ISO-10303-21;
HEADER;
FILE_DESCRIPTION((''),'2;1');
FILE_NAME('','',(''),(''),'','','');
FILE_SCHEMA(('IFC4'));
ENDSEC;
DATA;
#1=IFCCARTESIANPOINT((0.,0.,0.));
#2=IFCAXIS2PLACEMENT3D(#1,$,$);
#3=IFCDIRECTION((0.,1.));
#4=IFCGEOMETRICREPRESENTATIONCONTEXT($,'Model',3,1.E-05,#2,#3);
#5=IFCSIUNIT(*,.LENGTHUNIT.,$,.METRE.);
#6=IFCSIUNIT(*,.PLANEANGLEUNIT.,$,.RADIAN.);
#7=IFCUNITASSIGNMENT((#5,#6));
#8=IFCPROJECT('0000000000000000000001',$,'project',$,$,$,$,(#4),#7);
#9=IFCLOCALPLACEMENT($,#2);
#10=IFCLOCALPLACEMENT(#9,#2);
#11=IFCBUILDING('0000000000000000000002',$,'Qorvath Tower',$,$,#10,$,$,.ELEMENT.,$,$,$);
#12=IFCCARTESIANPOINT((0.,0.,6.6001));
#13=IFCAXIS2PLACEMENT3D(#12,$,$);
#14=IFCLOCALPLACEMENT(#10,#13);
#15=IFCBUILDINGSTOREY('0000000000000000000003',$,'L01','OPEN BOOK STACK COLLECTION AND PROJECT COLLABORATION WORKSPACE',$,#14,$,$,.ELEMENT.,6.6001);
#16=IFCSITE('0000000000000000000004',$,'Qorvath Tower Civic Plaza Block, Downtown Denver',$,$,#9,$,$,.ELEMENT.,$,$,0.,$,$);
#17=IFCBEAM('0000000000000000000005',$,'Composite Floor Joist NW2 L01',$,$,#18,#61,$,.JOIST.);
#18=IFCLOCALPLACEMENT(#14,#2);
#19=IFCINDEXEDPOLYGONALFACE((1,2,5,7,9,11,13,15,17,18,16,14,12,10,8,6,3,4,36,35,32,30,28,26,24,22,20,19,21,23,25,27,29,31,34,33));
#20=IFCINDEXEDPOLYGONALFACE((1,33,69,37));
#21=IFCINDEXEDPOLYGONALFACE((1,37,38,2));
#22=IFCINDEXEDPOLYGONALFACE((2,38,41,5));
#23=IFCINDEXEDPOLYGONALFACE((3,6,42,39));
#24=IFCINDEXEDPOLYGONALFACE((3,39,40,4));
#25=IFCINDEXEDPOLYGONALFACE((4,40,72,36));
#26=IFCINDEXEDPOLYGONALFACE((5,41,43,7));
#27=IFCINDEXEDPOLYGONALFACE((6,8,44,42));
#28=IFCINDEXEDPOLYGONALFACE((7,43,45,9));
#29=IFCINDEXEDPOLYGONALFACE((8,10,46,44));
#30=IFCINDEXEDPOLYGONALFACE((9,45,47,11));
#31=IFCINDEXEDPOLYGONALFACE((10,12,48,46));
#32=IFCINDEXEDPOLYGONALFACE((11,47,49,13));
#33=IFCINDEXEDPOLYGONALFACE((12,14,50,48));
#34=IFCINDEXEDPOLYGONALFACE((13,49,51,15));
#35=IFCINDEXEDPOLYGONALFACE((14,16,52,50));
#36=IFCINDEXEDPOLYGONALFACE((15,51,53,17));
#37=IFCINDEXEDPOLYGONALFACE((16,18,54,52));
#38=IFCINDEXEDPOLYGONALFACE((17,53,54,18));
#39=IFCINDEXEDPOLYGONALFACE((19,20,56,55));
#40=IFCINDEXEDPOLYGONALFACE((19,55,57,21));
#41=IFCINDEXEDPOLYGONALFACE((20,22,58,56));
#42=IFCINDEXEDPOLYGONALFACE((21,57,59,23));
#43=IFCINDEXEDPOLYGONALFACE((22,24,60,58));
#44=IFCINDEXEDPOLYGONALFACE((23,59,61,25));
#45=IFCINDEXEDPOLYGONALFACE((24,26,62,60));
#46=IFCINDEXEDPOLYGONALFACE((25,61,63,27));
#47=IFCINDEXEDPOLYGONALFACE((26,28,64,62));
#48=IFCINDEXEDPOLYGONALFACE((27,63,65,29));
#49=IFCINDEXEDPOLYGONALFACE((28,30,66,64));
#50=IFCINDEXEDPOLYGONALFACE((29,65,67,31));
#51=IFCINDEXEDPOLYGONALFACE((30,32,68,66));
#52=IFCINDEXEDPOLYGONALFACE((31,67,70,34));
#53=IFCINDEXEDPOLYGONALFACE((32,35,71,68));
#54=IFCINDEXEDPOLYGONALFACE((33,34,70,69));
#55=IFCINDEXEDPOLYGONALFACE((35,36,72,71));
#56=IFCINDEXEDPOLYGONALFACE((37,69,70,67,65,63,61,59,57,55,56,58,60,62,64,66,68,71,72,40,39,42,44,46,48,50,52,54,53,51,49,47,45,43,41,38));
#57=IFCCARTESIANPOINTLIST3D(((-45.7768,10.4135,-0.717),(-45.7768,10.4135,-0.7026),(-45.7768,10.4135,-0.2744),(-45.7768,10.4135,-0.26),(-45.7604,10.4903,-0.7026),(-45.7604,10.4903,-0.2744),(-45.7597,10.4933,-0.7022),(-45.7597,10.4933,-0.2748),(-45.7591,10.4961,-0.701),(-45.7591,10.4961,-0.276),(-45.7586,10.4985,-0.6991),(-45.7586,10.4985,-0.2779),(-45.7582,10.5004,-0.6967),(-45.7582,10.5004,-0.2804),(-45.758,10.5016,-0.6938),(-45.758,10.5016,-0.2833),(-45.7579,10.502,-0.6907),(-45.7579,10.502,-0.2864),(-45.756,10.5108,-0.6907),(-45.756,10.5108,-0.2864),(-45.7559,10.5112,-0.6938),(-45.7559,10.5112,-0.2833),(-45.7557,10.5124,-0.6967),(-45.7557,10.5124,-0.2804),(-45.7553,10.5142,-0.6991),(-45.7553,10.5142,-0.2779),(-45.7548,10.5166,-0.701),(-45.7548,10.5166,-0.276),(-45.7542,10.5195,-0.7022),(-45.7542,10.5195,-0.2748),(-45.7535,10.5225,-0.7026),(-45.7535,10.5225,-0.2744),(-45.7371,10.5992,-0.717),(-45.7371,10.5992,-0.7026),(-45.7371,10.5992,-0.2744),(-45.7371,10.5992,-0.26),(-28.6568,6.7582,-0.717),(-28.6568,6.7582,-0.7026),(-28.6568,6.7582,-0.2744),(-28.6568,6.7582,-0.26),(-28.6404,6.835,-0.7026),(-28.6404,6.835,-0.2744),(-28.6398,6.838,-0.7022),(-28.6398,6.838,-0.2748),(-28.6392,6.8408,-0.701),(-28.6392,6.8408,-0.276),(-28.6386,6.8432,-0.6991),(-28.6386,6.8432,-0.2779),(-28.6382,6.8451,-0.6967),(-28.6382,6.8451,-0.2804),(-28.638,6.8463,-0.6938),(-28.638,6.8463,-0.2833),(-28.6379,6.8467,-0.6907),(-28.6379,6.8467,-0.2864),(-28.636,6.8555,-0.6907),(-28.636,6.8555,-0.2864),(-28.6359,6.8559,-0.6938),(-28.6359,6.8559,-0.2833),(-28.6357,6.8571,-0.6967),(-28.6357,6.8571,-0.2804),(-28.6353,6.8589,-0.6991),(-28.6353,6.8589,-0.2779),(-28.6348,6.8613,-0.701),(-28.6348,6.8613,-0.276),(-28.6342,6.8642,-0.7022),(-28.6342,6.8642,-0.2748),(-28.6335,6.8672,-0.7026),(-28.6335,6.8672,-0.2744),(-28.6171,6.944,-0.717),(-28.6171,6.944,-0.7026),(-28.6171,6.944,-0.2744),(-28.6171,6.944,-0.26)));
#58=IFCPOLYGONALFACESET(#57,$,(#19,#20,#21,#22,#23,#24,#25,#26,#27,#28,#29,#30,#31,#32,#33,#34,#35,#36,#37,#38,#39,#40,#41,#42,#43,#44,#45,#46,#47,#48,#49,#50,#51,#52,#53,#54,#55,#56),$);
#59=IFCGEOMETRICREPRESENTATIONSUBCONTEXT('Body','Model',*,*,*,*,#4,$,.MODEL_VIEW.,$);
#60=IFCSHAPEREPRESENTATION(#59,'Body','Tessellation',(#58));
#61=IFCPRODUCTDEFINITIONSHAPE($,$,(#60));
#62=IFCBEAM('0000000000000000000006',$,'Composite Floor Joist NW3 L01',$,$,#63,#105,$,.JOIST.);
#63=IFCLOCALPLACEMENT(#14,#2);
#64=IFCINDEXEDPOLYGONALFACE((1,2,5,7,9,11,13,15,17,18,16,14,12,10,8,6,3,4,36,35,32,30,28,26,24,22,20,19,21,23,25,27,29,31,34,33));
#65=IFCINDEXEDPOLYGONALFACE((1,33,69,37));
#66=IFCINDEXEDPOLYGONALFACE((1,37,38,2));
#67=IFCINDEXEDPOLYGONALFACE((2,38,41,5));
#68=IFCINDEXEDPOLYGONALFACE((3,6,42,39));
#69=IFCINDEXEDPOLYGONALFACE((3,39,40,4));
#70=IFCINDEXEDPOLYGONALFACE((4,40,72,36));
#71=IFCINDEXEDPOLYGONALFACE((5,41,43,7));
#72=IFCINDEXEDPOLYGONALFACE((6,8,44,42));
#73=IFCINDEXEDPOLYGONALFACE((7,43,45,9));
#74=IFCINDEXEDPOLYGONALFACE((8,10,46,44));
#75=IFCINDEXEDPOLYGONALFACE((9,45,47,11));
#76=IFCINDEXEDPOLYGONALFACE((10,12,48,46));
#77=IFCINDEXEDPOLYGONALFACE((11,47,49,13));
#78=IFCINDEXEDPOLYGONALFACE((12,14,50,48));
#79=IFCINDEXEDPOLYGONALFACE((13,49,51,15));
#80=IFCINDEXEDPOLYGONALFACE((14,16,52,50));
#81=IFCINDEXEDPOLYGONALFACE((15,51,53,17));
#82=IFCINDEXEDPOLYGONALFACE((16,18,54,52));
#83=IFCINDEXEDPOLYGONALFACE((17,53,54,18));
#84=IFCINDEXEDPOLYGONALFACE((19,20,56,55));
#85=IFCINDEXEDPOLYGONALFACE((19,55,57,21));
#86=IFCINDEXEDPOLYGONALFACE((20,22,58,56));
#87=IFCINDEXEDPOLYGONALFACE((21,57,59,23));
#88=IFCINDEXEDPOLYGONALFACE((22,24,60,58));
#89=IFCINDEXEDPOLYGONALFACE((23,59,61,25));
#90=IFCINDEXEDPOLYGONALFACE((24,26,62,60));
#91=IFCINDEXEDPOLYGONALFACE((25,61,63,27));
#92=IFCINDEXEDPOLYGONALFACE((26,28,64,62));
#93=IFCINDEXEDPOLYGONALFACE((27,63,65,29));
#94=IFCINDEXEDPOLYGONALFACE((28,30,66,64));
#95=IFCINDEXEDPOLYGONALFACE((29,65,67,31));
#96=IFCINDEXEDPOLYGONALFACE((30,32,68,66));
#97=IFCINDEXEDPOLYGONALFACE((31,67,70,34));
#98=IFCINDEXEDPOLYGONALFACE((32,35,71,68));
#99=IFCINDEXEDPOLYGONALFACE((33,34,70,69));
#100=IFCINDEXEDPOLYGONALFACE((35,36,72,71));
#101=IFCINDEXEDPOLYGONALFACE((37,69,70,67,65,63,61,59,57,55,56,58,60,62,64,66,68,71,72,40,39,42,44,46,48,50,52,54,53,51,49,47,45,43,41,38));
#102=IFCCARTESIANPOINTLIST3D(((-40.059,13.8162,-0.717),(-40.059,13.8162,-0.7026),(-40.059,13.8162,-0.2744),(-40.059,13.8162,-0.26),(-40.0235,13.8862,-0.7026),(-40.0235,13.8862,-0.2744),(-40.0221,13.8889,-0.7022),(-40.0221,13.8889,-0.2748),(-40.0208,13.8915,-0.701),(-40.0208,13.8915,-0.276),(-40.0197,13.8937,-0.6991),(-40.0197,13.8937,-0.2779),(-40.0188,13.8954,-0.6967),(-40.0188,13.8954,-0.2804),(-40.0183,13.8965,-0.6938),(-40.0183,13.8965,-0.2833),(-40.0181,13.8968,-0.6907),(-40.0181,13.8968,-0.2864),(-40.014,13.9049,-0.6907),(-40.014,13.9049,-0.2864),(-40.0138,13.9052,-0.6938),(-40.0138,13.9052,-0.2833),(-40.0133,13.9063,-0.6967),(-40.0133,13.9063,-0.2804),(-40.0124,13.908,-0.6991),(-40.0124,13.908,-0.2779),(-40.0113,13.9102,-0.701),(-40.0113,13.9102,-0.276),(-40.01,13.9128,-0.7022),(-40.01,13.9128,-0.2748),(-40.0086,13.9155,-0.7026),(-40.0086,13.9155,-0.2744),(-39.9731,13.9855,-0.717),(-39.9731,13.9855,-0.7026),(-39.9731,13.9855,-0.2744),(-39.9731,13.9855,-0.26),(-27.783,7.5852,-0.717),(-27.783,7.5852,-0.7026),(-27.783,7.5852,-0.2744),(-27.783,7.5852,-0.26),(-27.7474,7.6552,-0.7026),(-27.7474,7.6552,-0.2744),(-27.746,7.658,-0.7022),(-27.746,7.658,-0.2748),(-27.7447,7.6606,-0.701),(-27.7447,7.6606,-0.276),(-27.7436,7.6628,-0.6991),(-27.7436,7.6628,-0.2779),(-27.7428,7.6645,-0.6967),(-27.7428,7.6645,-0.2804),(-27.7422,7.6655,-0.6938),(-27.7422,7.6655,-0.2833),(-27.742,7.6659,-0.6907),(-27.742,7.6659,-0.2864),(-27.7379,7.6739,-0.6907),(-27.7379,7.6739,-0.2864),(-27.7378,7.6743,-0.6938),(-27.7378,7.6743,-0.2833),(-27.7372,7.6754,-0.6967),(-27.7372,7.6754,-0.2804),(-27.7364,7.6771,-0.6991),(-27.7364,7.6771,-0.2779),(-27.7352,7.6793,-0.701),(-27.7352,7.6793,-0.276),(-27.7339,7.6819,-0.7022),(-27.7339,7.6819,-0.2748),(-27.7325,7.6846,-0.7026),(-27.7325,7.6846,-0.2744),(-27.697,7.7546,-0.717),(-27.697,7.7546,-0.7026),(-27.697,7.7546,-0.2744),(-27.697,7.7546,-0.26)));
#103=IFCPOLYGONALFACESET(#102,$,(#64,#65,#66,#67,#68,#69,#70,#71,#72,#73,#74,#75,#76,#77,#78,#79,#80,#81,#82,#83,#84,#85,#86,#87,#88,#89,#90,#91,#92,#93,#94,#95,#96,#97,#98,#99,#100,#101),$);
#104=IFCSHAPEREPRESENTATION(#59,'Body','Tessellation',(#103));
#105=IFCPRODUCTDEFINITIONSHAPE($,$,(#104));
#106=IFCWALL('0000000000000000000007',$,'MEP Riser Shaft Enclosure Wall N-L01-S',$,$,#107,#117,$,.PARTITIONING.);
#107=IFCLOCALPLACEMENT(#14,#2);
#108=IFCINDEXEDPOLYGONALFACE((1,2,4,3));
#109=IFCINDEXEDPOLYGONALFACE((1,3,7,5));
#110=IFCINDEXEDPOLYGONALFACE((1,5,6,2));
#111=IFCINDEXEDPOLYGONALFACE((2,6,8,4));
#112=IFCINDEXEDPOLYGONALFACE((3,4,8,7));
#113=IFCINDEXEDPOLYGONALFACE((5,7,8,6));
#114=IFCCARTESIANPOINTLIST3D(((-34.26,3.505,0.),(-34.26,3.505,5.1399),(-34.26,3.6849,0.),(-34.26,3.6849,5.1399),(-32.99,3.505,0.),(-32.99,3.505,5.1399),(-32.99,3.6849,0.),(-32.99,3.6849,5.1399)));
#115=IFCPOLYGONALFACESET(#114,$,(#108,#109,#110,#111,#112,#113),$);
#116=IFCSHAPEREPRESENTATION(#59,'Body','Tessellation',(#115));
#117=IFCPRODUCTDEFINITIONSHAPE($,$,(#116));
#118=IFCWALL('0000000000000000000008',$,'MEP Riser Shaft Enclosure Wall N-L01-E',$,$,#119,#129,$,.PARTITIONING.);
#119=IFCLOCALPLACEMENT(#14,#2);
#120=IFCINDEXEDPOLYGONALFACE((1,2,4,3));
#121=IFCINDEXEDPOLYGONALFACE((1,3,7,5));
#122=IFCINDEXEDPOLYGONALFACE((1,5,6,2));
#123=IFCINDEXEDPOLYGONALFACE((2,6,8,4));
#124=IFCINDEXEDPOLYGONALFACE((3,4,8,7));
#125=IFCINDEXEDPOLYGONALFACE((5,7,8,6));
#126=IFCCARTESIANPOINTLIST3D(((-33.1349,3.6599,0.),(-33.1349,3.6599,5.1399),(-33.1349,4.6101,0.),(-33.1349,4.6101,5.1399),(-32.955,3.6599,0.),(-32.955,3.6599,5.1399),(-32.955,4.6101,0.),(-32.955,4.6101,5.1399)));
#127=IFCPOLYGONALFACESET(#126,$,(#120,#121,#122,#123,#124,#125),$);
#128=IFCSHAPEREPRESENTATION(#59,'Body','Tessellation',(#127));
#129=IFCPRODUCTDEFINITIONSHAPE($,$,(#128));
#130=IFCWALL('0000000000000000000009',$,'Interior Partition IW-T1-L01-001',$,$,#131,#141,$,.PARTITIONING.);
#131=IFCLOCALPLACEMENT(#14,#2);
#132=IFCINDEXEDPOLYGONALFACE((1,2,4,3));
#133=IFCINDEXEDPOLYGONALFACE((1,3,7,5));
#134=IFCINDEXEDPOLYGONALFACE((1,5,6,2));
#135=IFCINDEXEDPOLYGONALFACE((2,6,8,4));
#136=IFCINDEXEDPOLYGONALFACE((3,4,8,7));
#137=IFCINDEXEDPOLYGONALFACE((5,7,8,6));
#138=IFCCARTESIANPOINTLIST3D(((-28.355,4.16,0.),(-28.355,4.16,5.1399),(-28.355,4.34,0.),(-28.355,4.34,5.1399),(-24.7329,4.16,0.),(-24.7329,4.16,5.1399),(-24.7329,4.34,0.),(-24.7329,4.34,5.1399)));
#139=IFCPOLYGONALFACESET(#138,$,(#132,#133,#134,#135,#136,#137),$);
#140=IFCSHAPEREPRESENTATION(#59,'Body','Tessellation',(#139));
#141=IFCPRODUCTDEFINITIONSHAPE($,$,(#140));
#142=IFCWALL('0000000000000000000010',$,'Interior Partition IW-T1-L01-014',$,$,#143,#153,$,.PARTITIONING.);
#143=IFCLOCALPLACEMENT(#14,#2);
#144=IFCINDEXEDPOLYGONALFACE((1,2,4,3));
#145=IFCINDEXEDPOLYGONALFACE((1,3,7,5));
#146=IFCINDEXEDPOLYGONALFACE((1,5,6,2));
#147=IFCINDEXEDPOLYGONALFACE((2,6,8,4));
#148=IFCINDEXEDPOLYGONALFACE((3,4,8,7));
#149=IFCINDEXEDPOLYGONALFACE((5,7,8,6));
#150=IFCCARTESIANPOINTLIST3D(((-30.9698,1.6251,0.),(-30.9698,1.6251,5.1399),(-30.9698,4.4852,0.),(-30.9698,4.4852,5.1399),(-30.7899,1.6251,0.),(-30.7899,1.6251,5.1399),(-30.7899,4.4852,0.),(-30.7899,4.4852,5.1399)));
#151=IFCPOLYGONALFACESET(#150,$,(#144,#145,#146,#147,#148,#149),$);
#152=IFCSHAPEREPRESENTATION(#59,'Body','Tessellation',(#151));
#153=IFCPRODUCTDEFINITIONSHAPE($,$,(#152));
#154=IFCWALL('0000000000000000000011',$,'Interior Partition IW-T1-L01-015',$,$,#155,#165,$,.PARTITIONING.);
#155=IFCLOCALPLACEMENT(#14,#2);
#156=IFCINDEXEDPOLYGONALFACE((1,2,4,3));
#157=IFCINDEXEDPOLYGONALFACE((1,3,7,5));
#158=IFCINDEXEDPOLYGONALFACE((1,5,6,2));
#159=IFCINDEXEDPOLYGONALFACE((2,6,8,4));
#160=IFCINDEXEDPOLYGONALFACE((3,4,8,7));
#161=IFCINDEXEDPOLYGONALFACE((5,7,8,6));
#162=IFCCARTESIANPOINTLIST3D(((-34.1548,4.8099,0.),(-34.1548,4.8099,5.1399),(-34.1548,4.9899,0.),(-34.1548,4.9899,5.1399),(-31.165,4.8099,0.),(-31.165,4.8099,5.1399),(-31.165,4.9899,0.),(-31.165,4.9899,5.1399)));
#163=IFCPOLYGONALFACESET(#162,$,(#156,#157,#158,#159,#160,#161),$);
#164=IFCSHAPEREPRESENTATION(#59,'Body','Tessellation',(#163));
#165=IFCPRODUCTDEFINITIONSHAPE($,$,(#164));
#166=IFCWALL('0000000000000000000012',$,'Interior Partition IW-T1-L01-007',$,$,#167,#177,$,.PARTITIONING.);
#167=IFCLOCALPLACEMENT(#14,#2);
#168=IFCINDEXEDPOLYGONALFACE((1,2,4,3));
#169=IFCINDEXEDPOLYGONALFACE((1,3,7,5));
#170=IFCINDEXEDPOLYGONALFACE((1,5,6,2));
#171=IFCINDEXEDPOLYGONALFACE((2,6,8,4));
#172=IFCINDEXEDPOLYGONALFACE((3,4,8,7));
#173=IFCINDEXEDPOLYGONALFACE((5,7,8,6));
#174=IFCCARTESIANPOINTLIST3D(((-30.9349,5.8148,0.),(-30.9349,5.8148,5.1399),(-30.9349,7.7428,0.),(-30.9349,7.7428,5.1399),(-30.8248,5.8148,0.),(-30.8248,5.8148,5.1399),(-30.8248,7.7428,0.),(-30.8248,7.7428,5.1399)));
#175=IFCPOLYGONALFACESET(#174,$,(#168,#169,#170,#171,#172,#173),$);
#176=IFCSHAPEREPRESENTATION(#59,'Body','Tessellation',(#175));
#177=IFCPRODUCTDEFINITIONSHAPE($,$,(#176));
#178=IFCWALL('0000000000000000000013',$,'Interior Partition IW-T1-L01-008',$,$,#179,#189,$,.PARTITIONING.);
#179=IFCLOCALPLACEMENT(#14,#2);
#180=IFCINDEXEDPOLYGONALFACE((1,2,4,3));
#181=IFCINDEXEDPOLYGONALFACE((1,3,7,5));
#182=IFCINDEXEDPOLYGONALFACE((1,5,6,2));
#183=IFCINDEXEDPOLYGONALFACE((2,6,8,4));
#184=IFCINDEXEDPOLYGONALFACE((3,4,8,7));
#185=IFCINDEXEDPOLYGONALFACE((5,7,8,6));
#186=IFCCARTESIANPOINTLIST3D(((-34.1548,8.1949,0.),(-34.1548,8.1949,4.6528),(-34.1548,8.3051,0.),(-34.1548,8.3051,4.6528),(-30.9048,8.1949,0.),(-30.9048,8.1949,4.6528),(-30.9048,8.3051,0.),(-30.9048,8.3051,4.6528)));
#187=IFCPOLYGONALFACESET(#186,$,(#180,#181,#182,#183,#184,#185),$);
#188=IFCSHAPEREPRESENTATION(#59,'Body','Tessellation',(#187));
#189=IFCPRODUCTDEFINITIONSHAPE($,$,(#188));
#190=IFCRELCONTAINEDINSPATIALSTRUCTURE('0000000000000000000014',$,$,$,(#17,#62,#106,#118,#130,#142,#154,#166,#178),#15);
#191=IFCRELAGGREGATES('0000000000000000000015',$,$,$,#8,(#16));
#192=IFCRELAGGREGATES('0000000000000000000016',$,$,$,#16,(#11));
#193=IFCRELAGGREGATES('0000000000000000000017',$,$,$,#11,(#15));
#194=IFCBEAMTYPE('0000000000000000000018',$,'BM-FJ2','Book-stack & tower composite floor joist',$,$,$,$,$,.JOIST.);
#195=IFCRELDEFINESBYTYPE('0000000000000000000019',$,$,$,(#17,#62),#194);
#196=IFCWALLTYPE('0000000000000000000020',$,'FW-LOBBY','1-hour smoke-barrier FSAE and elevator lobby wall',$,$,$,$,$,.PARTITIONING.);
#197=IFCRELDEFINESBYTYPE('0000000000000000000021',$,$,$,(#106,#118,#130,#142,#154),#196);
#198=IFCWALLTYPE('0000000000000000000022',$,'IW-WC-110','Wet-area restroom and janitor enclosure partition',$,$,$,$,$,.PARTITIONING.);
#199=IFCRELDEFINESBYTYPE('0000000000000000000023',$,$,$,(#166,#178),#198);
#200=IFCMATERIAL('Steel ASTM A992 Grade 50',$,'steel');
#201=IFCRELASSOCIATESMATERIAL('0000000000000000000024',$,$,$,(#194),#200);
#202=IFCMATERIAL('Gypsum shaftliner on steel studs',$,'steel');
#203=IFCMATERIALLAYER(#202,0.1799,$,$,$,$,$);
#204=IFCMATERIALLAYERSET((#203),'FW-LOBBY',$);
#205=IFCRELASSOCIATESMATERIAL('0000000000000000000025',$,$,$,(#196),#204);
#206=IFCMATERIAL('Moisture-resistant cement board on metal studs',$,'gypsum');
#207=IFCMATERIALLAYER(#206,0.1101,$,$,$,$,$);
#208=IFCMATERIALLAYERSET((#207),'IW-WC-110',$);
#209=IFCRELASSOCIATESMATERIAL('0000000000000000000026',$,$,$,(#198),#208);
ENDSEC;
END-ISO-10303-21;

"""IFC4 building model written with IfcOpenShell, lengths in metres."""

from ifc_helpers import new_model, si_unit, direction, frame, frame_2d, origin, origin_2d, place, context, subcontext, project, spatial, rectangle, i_section, extrude, material, layer, layer_set, material_profile, profile_set, type_object, element, save


model = new_model("IFC4")

# Units and contexts
model_context = context("Model", 3, precision=1e-05, world=origin(), true_north=direction((0.0, 1.0)))
body_context = subcontext(model_context, "Body", "Model", "MODEL_VIEW")
ifc_project = project(units=[si_unit("LENGTHUNIT", "METRE"), si_unit("PLANEANGLEUNIT", "RADIAN")], contexts=[model_context])

# Site, building, storey
site_placement = place(None, origin())
site = spatial("IfcSite", under=ifc_project, at=site_placement, Name="Qorvath Tower Civic Plaza Block, Downtown Denver", CompositionType="ELEMENT", RefElevation=0.0)
building_placement = place(site_placement, origin())
building = spatial("IfcBuilding", under=site, at=building_placement, Name="Qorvath Tower", CompositionType="ELEMENT")
storey_placement = place(building_placement, frame((0.0, 0.0, 6.6001)))
storey = spatial("IfcBuildingStorey", under=building, at=storey_placement, Name="L01", Description="OPEN BOOK STACK COLLECTION AND PROJECT COLLABORATION WORKSPACE", CompositionType="ELEMENT", Elevation=6.6001)

# Beams
ifc_material_1 = material(Name="Steel ASTM A992 Grade 50", Category="steel")
ifc_material_profile_1 = material_profile(ifc_material_1, i_section(OverallWidth=0.1899, OverallDepth=0.457, WebThickness=0.009, FlangeThickness=0.0144, FilletRadius=0.012, at=origin_2d()), Name="W18x50")
ifc_profile_set_1 = profile_set([ifc_material_profile_1], Name="Steel ASTM A992 Grade 50")
beam_type_1 = type_object("IfcBeamType", Name="BM-FJ2", Description="Book-stack & tower composite floor joist", PredefinedType="JOIST", material=ifc_profile_set_1)
beam_1_placement = place(storey_placement, frame((-28.637, 6.8511, -0.4885), z_axis=(-0.977957, 0.208804, 0.0), x_axis=(-0.208804, -0.977957, 0.0)))
element("IfcBeam", 1, at=beam_1_placement, inside=storey, type_object=beam_type_1, Name="Composite Floor Joist NW2 L01", PredefinedType="JOIST", context=body_context, shape_type="SweptSolid", body=[
    extrude(i_section(OverallWidth=0.1899, OverallDepth=0.457, WebThickness=0.009, FlangeThickness=0.0144, FilletRadius=0.012, at=origin_2d()), origin(), (0.0, 0.0, 1.0), 17.5059),
])
beam_2_placement = place(storey_placement, frame((-27.74, 7.6699, -0.4885), z_axis=(-0.891712, 0.452604, 0.0), x_axis=(-0.452604, -0.891712, 0.0)))
element("IfcBeam", 2, at=beam_2_placement, inside=storey, type_object=beam_type_1, Name="Composite Floor Joist NW3 L01", PredefinedType="JOIST", context=body_context, shape_type="SweptSolid", body=[
    extrude(i_section(OverallWidth=0.1899, OverallDepth=0.457, WebThickness=0.009, FlangeThickness=0.0144, FilletRadius=0.012, at=origin_2d()), origin(), (0.0, 0.0, 1.0), 13.7668),
])

# Walls
ifc_material_2 = material(Name="Gypsum shaftliner on steel studs", Category="steel")
ifc_layer_1 = layer(ifc_material_2, 0.1799)
ifc_layer_set_1 = layer_set([ifc_layer_1], Name="FW-LOBBY")
wall_type_1 = type_object("IfcWallType", Name="FW-LOBBY", Description="1-hour smoke-barrier FSAE and elevator lobby wall", PredefinedType="PARTITIONING", material=ifc_layer_set_1)
wall_1_placement = place(storey_placement, frame((-32.99, 3.595, 0.0), z_axis=(0.0, 0.0, 1.0), x_axis=(-1.0, 0.0, 0.0)))
element("IfcWall", 3, at=wall_1_placement, inside=storey, type_object=wall_type_1, Name="MEP Riser Shaft Enclosure Wall N-L01-S", PredefinedType="PARTITIONING", context=body_context, shape_type="SweptSolid", body=[
    extrude(rectangle(XDim=1.27, YDim=0.1799, at=frame_2d((0.635, 0.0))), origin(), (0.0, 0.0, 1.0), 5.1399),
])
wall_2_placement = place(storey_placement, frame((-33.0449, 4.6101, 0.0), z_axis=(0.0, 0.0, 1.0), x_axis=(0.0, -1.0, 0.0)))
element("IfcWall", 4, at=wall_2_placement, inside=storey, type_object=wall_type_1, Name="MEP Riser Shaft Enclosure Wall N-L01-E", PredefinedType="PARTITIONING", context=body_context, shape_type="SweptSolid", body=[
    extrude(rectangle(XDim=0.9502, YDim=0.1799, at=frame_2d((0.4751, 0.0))), origin(), (0.0, 0.0, 1.0), 5.1399),
])
wall_3_placement = place(storey_placement, frame((-28.355, 4.25, 0.0), z_axis=(0.0, 0.0, 1.0), x_axis=(1.0, 0.0, 0.0)))
element("IfcWall", 5, at=wall_3_placement, inside=storey, type_object=wall_type_1, Name="Interior Partition IW-T1-L01-001", PredefinedType="PARTITIONING", context=body_context, shape_type="SweptSolid", body=[
    extrude(rectangle(XDim=3.6221, YDim=0.1799, at=frame_2d((1.811, 0.0))), origin(), (0.0, 0.0, 1.0), 5.1399),
])
wall_4_placement = place(storey_placement, frame((-30.8799, 1.625, 0.0), z_axis=(0.0, 0.0, 1.0), x_axis=(0.0, 1.0, 0.0)))
element("IfcWall", 6, at=wall_4_placement, inside=storey, type_object=wall_type_1, Name="Interior Partition IW-T1-L01-014", PredefinedType="PARTITIONING", context=body_context, shape_type="SweptSolid", body=[
    extrude(rectangle(XDim=2.8601, YDim=0.1799, at=frame_2d((1.4302, 0.0))), origin(), (0.0, 0.0, 1.0), 5.1399),
])
wall_5_placement = place(storey_placement, frame((-31.165, 4.8999, 0.0), z_axis=(0.0, 0.0, 1.0), x_axis=(-1.0, 0.0, 0.0)))
element("IfcWall", 7, at=wall_5_placement, inside=storey, type_object=wall_type_1, Name="Interior Partition IW-T1-L01-015", PredefinedType="PARTITIONING", context=body_context, shape_type="SweptSolid", body=[
    extrude(rectangle(XDim=2.9897, YDim=0.1799, at=frame_2d((1.4949, 0.0))), origin(), (0.0, 0.0, 1.0), 5.1399),
])
ifc_material_3 = material(Name="Moisture-resistant cement board on metal studs", Category="gypsum")
ifc_layer_2 = layer(ifc_material_3, 0.1101)
ifc_layer_set_2 = layer_set([ifc_layer_2], Name="IW-WC-110")
wall_type_2 = type_object("IfcWallType", Name="IW-WC-110", Description="Wet-area restroom and janitor enclosure partition", PredefinedType="PARTITIONING", material=ifc_layer_set_2)
wall_6_placement = place(storey_placement, frame((-30.8799, 5.8149, 0.0), z_axis=(0.0, 0.0, 1.0), x_axis=(0.0, 1.0, 0.0)))
element("IfcWall", 8, at=wall_6_placement, inside=storey, type_object=wall_type_2, Name="Interior Partition IW-T1-L01-007", PredefinedType="PARTITIONING", context=body_context, shape_type="SweptSolid", body=[
    extrude(rectangle(XDim=1.928, YDim=0.1101, at=frame_2d((0.9639, 0.0))), origin(), (0.0, 0.0, 1.0), 5.1399),
])
wall_7_placement = place(storey_placement, frame((-30.9048, 8.25, 0.0), z_axis=(0.0, 0.0, 1.0), x_axis=(-1.0, 0.0, 0.0)))
element("IfcWall", 9, at=wall_7_placement, inside=storey, type_object=wall_type_2, Name="Interior Partition IW-T1-L01-008", PredefinedType="PARTITIONING", context=body_context, shape_type="SweptSolid", body=[
    extrude(rectangle(XDim=3.25, YDim=0.1101, at=frame_2d((1.625, 0.0))), origin(), (0.0, 0.0, 1.0), 4.6528),
])

save(model, "model.ifc")
